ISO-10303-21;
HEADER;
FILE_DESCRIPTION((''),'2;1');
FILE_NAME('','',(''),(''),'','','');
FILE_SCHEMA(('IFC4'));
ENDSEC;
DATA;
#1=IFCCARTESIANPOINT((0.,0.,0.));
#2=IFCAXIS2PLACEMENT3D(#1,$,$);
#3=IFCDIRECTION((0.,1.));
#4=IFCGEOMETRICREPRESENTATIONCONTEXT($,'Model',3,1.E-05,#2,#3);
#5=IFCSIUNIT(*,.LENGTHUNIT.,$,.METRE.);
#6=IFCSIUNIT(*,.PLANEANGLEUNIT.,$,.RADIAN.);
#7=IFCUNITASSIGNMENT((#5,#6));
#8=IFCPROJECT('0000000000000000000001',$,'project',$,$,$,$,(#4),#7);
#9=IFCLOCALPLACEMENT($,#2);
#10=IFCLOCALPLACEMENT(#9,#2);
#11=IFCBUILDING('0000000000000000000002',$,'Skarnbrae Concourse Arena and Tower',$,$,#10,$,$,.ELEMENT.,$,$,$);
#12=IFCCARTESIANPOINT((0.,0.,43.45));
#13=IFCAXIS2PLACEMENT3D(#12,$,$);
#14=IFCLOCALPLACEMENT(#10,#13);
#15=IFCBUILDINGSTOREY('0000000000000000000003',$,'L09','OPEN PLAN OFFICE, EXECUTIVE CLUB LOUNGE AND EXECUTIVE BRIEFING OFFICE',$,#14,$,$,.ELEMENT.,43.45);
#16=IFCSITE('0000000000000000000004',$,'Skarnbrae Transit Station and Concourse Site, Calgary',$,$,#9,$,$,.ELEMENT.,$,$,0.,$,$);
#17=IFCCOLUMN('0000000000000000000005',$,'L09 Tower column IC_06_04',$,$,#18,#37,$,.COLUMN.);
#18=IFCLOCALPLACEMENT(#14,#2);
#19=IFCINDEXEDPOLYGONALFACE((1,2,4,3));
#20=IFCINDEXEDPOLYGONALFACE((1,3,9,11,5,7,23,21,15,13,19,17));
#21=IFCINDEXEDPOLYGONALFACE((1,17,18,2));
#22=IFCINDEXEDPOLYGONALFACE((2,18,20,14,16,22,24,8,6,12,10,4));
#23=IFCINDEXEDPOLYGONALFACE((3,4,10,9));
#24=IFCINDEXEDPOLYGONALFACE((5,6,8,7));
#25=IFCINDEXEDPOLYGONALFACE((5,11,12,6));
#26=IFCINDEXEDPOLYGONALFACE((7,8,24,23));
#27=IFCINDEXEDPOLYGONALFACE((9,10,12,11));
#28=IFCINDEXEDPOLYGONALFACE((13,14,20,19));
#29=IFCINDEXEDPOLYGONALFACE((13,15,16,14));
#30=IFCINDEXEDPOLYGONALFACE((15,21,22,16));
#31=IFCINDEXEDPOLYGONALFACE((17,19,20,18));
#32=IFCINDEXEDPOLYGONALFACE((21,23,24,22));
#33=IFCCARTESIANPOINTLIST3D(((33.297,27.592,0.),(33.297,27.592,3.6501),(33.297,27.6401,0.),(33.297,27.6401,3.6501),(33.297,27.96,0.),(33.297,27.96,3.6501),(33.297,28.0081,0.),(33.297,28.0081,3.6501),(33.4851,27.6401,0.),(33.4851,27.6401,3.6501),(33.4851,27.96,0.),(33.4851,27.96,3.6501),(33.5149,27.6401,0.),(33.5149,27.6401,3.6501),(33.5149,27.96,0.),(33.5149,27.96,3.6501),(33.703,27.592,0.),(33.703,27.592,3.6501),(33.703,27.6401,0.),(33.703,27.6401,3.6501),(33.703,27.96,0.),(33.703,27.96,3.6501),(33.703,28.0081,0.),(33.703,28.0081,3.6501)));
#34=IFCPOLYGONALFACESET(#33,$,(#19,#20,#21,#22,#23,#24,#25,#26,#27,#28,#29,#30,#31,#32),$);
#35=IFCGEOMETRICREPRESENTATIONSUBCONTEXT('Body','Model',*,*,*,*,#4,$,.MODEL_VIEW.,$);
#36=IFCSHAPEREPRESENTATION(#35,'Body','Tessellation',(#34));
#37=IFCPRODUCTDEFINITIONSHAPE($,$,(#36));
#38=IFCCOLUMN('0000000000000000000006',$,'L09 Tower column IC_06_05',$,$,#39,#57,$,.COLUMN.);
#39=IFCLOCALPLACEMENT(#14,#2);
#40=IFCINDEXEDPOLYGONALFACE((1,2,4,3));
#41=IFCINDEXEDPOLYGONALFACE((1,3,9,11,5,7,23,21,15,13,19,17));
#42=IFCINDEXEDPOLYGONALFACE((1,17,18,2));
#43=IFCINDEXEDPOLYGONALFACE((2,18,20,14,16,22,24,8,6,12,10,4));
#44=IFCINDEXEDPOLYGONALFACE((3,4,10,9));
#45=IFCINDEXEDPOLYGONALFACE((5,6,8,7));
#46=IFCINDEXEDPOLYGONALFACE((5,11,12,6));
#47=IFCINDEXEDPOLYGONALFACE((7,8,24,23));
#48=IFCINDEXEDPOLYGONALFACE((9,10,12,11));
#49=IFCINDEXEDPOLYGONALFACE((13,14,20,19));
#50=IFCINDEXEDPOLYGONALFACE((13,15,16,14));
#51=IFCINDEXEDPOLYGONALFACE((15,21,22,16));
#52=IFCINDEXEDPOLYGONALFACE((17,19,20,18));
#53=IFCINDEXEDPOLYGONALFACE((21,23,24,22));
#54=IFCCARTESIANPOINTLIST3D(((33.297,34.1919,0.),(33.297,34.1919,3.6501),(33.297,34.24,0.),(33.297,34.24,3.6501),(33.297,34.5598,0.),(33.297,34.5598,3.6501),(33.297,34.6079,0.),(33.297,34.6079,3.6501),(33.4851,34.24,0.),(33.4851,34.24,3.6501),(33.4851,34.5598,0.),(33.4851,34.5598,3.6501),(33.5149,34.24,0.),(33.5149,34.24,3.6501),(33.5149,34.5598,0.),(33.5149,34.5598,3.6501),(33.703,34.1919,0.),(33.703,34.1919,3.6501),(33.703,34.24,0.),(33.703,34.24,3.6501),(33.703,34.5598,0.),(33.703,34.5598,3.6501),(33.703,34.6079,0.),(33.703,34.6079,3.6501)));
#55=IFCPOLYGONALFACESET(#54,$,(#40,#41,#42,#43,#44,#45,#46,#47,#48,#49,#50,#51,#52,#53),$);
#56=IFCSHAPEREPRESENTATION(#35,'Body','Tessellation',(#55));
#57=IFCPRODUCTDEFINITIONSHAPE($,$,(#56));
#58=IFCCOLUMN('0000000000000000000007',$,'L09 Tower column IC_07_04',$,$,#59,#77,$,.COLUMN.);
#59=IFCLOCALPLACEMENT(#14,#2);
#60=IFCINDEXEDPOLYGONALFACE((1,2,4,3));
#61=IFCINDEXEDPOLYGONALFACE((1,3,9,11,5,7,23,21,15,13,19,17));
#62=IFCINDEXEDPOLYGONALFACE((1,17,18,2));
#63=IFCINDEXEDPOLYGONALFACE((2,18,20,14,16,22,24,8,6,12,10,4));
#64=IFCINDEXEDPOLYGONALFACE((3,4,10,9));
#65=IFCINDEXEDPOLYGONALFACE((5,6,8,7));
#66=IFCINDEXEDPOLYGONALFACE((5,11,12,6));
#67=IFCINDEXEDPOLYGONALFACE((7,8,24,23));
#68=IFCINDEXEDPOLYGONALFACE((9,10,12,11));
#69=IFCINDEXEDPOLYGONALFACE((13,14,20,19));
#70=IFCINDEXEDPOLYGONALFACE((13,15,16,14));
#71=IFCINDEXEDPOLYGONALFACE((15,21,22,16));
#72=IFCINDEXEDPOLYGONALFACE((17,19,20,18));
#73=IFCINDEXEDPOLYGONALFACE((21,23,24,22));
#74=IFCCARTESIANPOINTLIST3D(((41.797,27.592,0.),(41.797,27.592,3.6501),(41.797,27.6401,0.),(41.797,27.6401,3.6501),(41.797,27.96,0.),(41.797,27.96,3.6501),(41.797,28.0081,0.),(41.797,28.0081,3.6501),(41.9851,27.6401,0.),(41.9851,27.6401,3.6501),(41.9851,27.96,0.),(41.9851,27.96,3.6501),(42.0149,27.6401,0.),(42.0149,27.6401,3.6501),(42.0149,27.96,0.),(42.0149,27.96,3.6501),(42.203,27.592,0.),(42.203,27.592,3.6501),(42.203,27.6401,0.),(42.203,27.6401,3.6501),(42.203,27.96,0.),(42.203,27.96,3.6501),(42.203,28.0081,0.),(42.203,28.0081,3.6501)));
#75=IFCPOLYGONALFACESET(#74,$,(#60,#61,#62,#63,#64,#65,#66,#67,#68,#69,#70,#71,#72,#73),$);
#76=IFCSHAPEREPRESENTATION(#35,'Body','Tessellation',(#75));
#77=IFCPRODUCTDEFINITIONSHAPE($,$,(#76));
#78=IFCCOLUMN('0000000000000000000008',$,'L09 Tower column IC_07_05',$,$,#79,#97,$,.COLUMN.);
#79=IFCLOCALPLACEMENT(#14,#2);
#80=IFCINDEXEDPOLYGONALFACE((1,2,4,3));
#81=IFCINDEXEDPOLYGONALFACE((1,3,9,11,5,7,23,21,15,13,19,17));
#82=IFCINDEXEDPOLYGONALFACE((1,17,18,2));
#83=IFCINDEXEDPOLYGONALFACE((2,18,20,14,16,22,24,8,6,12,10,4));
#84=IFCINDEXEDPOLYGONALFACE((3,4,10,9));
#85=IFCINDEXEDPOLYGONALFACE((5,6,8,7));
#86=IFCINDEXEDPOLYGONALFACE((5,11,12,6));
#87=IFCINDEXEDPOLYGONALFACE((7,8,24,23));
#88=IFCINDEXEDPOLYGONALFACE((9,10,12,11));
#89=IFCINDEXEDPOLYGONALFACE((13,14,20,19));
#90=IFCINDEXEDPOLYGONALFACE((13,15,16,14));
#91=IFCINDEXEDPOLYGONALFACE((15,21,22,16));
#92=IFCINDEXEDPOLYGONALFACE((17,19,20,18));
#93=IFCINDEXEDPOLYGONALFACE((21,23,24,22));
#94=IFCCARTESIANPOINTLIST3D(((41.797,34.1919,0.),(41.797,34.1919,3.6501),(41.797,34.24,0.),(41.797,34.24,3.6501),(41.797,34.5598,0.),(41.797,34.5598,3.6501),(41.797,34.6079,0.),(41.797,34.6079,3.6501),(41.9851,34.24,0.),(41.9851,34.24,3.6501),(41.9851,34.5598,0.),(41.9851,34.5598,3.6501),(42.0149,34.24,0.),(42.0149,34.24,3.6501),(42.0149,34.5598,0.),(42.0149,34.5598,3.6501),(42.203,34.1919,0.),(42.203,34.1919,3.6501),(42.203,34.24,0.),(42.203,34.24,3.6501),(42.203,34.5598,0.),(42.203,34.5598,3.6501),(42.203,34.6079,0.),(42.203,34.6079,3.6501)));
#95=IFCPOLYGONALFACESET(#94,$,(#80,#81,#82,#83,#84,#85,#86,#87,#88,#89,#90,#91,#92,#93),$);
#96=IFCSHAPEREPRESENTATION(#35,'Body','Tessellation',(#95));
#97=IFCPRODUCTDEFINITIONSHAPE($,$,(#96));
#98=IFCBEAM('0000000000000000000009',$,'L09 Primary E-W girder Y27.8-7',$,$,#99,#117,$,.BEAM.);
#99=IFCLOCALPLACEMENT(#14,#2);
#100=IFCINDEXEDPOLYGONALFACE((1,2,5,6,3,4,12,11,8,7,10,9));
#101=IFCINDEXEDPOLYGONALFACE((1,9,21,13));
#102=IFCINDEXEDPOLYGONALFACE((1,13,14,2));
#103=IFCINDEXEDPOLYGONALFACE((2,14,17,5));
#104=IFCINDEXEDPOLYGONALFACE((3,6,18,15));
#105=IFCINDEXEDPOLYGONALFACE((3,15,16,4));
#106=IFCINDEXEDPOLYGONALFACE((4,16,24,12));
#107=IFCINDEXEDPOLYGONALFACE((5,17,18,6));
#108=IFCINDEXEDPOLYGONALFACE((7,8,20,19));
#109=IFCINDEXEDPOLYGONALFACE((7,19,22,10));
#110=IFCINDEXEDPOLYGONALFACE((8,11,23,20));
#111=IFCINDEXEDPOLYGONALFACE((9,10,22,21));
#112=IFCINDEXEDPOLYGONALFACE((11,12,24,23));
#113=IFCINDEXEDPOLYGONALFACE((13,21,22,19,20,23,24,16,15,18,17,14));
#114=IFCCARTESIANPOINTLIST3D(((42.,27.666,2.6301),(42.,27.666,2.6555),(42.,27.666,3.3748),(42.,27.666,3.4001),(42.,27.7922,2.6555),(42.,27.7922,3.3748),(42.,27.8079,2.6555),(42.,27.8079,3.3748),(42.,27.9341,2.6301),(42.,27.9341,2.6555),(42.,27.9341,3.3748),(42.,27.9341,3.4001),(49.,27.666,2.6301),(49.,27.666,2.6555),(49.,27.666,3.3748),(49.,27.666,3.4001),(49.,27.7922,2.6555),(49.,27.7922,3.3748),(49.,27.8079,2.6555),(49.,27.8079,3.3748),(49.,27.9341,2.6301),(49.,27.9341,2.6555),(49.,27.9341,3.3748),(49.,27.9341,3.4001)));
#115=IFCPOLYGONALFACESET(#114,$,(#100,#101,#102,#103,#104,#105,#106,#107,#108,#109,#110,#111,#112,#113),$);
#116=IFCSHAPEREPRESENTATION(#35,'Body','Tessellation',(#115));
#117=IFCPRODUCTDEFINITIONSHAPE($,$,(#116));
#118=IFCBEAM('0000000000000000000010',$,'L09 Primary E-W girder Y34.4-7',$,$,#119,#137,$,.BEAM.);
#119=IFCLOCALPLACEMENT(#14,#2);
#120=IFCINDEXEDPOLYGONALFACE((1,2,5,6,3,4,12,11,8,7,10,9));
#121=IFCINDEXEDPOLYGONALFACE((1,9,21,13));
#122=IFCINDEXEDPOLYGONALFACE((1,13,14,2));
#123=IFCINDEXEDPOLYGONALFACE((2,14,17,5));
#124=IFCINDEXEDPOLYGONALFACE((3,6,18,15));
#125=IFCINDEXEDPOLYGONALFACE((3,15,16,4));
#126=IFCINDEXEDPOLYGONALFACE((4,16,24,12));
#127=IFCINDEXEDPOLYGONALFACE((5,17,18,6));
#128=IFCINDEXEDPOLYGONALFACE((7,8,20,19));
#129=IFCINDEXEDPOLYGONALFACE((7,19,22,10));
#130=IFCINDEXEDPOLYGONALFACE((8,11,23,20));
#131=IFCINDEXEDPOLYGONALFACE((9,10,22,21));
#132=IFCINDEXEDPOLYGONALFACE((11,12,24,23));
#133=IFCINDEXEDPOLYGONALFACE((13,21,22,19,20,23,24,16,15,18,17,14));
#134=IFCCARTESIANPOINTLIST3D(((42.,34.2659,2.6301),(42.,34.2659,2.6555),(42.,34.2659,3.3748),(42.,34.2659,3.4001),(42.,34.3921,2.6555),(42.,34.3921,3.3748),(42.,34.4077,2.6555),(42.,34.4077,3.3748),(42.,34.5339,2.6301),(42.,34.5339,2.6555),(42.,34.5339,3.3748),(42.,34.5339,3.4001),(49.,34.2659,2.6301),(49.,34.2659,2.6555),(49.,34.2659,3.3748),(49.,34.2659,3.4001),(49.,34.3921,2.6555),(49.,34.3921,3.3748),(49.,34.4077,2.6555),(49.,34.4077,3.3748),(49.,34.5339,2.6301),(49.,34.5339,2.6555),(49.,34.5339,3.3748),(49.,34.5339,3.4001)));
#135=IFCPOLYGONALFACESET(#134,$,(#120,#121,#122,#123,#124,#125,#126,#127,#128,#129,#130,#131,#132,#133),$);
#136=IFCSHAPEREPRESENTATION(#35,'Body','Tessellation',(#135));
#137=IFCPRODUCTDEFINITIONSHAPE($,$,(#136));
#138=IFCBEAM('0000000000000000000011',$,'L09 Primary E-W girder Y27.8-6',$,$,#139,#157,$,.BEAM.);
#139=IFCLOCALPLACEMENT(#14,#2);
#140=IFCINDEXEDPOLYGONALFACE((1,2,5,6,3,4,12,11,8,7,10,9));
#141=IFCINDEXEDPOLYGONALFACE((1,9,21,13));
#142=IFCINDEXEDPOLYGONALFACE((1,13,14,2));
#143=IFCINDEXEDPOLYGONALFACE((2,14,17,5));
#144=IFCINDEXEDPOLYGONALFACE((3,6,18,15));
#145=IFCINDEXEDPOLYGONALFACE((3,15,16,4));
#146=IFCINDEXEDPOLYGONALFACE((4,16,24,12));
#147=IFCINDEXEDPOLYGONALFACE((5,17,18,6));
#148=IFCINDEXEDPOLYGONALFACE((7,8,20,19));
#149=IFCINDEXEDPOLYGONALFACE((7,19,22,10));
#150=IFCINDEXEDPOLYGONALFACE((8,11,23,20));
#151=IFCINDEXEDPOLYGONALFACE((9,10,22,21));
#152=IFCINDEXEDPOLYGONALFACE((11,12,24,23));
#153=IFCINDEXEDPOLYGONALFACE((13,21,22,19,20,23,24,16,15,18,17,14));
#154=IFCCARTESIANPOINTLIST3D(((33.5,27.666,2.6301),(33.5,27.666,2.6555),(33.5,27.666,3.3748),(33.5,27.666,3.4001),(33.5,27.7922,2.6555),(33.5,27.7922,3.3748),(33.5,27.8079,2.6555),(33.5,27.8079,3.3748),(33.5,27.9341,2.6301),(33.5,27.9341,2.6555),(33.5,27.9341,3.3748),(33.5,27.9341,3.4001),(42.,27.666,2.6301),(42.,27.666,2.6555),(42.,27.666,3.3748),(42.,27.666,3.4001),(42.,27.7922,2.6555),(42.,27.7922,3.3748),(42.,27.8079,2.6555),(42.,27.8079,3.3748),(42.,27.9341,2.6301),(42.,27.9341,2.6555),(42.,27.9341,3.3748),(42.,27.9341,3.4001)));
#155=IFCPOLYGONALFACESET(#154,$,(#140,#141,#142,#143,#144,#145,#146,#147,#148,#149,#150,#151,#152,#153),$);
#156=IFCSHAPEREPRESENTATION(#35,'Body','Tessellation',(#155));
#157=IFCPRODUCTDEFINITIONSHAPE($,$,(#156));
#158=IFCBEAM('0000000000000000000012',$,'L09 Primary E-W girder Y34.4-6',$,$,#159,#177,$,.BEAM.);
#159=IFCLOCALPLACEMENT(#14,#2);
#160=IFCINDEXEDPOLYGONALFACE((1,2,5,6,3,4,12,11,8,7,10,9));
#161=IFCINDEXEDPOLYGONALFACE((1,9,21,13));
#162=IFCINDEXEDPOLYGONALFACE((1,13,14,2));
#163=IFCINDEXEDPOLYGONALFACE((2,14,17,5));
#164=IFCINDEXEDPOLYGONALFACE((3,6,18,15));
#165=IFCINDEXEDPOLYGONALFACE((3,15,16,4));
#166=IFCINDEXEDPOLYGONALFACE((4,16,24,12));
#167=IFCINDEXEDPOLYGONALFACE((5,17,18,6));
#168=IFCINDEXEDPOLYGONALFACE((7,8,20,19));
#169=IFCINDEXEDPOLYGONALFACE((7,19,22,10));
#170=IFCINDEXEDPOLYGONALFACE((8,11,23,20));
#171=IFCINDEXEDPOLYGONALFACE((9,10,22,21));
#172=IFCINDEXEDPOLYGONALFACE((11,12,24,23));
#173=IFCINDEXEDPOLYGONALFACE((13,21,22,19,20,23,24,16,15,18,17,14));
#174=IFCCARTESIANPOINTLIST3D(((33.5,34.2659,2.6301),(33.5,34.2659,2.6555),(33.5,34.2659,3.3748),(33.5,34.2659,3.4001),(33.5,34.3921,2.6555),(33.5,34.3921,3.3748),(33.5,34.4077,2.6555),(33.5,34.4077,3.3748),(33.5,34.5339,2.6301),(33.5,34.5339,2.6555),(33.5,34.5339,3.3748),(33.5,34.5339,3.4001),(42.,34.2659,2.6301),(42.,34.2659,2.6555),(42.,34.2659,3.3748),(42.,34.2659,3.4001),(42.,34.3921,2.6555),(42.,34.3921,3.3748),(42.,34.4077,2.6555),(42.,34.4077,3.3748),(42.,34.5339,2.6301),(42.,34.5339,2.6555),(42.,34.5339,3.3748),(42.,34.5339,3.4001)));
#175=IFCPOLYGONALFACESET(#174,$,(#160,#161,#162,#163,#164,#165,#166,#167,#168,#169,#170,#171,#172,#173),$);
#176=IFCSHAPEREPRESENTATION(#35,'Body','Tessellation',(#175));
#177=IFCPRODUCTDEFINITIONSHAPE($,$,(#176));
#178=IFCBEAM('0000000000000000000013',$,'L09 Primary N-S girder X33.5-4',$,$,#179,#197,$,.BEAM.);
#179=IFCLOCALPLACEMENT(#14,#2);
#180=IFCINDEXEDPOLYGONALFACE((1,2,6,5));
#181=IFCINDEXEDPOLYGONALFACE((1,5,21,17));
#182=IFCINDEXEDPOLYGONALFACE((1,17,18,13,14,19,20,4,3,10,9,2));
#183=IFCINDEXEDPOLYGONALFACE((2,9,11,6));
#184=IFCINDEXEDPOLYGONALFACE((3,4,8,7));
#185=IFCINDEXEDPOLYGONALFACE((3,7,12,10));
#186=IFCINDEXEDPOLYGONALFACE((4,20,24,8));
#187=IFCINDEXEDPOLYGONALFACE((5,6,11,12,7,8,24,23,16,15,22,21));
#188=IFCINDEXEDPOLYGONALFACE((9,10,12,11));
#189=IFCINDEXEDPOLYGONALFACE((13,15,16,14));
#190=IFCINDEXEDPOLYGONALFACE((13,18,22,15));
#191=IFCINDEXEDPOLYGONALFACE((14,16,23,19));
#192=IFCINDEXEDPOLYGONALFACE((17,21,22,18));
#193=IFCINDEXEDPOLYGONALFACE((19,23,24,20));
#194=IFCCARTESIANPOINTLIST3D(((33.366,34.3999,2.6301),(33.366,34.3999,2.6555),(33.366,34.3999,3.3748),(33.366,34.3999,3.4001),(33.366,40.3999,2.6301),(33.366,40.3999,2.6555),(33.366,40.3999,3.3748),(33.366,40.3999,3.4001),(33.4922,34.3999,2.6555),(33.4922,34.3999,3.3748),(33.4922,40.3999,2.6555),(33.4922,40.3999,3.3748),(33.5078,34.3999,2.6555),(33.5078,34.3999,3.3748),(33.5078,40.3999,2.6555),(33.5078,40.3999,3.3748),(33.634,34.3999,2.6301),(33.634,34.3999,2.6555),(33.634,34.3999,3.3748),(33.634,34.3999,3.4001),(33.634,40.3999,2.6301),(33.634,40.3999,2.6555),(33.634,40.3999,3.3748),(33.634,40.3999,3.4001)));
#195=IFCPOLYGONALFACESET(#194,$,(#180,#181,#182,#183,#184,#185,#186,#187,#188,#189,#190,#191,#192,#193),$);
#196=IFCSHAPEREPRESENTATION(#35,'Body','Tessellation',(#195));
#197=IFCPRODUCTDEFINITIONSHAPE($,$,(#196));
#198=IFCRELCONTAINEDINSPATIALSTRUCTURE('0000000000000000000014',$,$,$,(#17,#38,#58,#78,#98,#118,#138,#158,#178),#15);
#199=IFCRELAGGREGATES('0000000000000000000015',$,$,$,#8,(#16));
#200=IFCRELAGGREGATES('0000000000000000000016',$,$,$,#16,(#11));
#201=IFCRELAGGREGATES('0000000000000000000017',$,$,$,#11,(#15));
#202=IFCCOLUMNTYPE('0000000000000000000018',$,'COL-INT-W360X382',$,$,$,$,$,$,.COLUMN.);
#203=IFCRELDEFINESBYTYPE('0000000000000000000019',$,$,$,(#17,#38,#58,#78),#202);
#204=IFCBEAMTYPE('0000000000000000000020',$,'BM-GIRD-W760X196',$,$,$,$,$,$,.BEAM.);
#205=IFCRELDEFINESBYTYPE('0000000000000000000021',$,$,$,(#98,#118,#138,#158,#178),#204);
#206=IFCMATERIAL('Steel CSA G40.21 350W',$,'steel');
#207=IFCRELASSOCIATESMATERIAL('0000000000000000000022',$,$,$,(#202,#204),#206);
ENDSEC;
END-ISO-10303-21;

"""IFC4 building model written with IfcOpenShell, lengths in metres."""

from ifc_helpers import new_model, si_unit, direction, frame, origin, origin_2d, place, context, subcontext, project, spatial, i_section, extrude, source, transform, mapped, material, material_profile, profile_set, type_object, element, save


model = new_model("IFC4")

# Units and contexts
model_context = context("Model", 3, precision=1e-05, world=origin(), true_north=direction((0.0, 1.0)))
body_context = subcontext(model_context, "Body", "Model", "MODEL_VIEW")
ifc_project = project(units=[si_unit("LENGTHUNIT", "METRE"), si_unit("PLANEANGLEUNIT", "RADIAN")], contexts=[model_context])

# Site, building, storey
site_placement = place(None, origin())
site = spatial("IfcSite", under=ifc_project, at=site_placement, Name="Skarnbrae Transit Station and Concourse Site, Calgary", CompositionType="ELEMENT", RefElevation=0.0)
building_placement = place(site_placement, origin())
building = spatial("IfcBuilding", under=site, at=building_placement, Name="Skarnbrae Concourse Arena and Tower", CompositionType="ELEMENT")
storey_placement = place(building_placement, frame((0.0, 0.0, 43.45)))
storey = spatial("IfcBuildingStorey", under=building, at=storey_placement, Name="L09", Description="OPEN PLAN OFFICE, EXECUTIVE CLUB LOUNGE AND EXECUTIVE BRIEFING OFFICE", CompositionType="ELEMENT", Elevation=43.45)

# Columns
ifc_material_1 = material(Name="Steel CSA G40.21 350W", Category="steel")
ifc_material_profile_1 = material_profile(ifc_material_1, i_section(OverallWidth=0.406, OverallDepth=0.416, WebThickness=0.0298, FlangeThickness=0.0481, at=origin_2d()), Name="W360X382")
ifc_profile_set_1 = profile_set([ifc_material_profile_1], Name="Steel CSA G40.21 350W")
column_type = type_object("IfcColumnType", Name="COL-INT-W360X382", PredefinedType="COLUMN", material=ifc_profile_set_1)
shared_shape_1 = source(origin(), body_context, "Body", "SweptSolid", [
    extrude(i_section(OverallWidth=0.406, OverallDepth=0.416, WebThickness=0.0298, FlangeThickness=0.0481, at=origin_2d()), origin(), (0.0, 0.0, 1.0), 3.6501),
])
for number, where, z_axis, x_axis, name in (
    (1, (33.5, 27.8, 0.0), (0.0, 0.0, 1.0), (1.0, 0.0, 0.0), "L09 Tower column IC_06_04"),
    (2, (33.5, 34.3999, 0.0), (0.0, 0.0, 1.0), (1.0, 0.0, 0.0), "L09 Tower column IC_06_05"),
    (3, (42.0, 27.8, 0.0), (0.0, 0.0, 1.0), (1.0, 0.0, 0.0), "L09 Tower column IC_07_04"),
    (4, (42.0, 34.3999, 0.0), (0.0, 0.0, 1.0), (1.0, 0.0, 0.0), "L09 Tower column IC_07_05"),
):
    element("IfcColumn", number, at=place(storey_placement, frame(where, z_axis=z_axis, x_axis=x_axis)), inside=storey, type_object=column_type, Name=name, PredefinedType="COLUMN", context=body_context, shape_type="MappedRepresentation", body=[
        mapped(shared_shape_1, transform((0.0, 0.0, 0.0))),
    ])

# Beams
ifc_material_profile_2 = material_profile(ifc_material_1, i_section(OverallWidth=0.2681, OverallDepth=0.77, WebThickness=0.0156, FlangeThickness=0.0254, at=origin_2d()), Name="W760X196")
ifc_profile_set_2 = profile_set([ifc_material_profile_2], Name="Steel CSA G40.21 350W")
beam_type_1 = type_object("IfcBeamType", Name="BM-GIRD-W760X196", PredefinedType="BEAM", material=ifc_profile_set_2)
shared_shape_2 = source(origin(), body_context, "Body", "SweptSolid", [
    extrude(i_section(OverallWidth=0.2681, OverallDepth=0.77, WebThickness=0.0156, FlangeThickness=0.0254, at=origin_2d()), origin(), (0.0, 0.0, 1.0), 7.0),
])
for number, where, z_axis, x_axis, name in (
    (5, (42.0, 27.8, 3.0151), (1.0, 0.0, 0.0), (0.0, 1.0, 0.0), "L09 Primary E-W girder Y27.8-7"),
    (6, (42.0, 34.3999, 3.0151), (1.0, 0.0, 0.0), (0.0, 1.0, 0.0), "L09 Primary E-W girder Y34.4-7"),
):
    element("IfcBeam", number, at=place(storey_placement, frame(where, z_axis=z_axis, x_axis=x_axis)), inside=storey, type_object=beam_type_1, Name=name, PredefinedType="BEAM", context=body_context, shape_type="MappedRepresentation", body=[
        mapped(shared_shape_2, transform((0.0, 0.0, 0.0))),
    ])
shared_shape_3 = source(origin(), body_context, "Body", "SweptSolid", [
    extrude(i_section(OverallWidth=0.2681, OverallDepth=0.77, WebThickness=0.0156, FlangeThickness=0.0254, at=origin_2d()), origin(), (0.0, 0.0, 1.0), 8.5),
])
for number, where, z_axis, x_axis, name in (
    (7, (33.5, 27.8, 3.0151), (1.0, 0.0, 0.0), (0.0, 1.0, 0.0), "L09 Primary E-W girder Y27.8-6"),
    (8, (33.5, 34.3999, 3.0151), (1.0, 0.0, 0.0), (0.0, 1.0, 0.0), "L09 Primary E-W girder Y34.4-6"),
):
    element("IfcBeam", number, at=place(storey_placement, frame(where, z_axis=z_axis, x_axis=x_axis)), inside=storey, type_object=beam_type_1, Name=name, PredefinedType="BEAM", context=body_context, shape_type="MappedRepresentation", body=[
        mapped(shared_shape_3, transform((0.0, 0.0, 0.0))),
    ])
shared_shape_4 = source(origin(), body_context, "Body", "SweptSolid", [
    extrude(i_section(OverallWidth=0.2681, OverallDepth=0.77, WebThickness=0.0156, FlangeThickness=0.0254, at=origin_2d()), origin(), (0.0, 0.0, 1.0), 6.0),
])
beam_placement = place(storey_placement, frame((33.5, 34.3999, 3.0151), z_axis=(0.0, 1.0, 0.0), x_axis=(-1.0, 0.0, 0.0)))
element("IfcBeam", 9, at=beam_placement, inside=storey, type_object=beam_type_1, Name="L09 Primary N-S girder X33.5-4", PredefinedType="BEAM", context=body_context, shape_type="MappedRepresentation", body=[
    mapped(shared_shape_4, transform((0.0, 0.0, 0.0))),
])

save(model, "model.ifc")
